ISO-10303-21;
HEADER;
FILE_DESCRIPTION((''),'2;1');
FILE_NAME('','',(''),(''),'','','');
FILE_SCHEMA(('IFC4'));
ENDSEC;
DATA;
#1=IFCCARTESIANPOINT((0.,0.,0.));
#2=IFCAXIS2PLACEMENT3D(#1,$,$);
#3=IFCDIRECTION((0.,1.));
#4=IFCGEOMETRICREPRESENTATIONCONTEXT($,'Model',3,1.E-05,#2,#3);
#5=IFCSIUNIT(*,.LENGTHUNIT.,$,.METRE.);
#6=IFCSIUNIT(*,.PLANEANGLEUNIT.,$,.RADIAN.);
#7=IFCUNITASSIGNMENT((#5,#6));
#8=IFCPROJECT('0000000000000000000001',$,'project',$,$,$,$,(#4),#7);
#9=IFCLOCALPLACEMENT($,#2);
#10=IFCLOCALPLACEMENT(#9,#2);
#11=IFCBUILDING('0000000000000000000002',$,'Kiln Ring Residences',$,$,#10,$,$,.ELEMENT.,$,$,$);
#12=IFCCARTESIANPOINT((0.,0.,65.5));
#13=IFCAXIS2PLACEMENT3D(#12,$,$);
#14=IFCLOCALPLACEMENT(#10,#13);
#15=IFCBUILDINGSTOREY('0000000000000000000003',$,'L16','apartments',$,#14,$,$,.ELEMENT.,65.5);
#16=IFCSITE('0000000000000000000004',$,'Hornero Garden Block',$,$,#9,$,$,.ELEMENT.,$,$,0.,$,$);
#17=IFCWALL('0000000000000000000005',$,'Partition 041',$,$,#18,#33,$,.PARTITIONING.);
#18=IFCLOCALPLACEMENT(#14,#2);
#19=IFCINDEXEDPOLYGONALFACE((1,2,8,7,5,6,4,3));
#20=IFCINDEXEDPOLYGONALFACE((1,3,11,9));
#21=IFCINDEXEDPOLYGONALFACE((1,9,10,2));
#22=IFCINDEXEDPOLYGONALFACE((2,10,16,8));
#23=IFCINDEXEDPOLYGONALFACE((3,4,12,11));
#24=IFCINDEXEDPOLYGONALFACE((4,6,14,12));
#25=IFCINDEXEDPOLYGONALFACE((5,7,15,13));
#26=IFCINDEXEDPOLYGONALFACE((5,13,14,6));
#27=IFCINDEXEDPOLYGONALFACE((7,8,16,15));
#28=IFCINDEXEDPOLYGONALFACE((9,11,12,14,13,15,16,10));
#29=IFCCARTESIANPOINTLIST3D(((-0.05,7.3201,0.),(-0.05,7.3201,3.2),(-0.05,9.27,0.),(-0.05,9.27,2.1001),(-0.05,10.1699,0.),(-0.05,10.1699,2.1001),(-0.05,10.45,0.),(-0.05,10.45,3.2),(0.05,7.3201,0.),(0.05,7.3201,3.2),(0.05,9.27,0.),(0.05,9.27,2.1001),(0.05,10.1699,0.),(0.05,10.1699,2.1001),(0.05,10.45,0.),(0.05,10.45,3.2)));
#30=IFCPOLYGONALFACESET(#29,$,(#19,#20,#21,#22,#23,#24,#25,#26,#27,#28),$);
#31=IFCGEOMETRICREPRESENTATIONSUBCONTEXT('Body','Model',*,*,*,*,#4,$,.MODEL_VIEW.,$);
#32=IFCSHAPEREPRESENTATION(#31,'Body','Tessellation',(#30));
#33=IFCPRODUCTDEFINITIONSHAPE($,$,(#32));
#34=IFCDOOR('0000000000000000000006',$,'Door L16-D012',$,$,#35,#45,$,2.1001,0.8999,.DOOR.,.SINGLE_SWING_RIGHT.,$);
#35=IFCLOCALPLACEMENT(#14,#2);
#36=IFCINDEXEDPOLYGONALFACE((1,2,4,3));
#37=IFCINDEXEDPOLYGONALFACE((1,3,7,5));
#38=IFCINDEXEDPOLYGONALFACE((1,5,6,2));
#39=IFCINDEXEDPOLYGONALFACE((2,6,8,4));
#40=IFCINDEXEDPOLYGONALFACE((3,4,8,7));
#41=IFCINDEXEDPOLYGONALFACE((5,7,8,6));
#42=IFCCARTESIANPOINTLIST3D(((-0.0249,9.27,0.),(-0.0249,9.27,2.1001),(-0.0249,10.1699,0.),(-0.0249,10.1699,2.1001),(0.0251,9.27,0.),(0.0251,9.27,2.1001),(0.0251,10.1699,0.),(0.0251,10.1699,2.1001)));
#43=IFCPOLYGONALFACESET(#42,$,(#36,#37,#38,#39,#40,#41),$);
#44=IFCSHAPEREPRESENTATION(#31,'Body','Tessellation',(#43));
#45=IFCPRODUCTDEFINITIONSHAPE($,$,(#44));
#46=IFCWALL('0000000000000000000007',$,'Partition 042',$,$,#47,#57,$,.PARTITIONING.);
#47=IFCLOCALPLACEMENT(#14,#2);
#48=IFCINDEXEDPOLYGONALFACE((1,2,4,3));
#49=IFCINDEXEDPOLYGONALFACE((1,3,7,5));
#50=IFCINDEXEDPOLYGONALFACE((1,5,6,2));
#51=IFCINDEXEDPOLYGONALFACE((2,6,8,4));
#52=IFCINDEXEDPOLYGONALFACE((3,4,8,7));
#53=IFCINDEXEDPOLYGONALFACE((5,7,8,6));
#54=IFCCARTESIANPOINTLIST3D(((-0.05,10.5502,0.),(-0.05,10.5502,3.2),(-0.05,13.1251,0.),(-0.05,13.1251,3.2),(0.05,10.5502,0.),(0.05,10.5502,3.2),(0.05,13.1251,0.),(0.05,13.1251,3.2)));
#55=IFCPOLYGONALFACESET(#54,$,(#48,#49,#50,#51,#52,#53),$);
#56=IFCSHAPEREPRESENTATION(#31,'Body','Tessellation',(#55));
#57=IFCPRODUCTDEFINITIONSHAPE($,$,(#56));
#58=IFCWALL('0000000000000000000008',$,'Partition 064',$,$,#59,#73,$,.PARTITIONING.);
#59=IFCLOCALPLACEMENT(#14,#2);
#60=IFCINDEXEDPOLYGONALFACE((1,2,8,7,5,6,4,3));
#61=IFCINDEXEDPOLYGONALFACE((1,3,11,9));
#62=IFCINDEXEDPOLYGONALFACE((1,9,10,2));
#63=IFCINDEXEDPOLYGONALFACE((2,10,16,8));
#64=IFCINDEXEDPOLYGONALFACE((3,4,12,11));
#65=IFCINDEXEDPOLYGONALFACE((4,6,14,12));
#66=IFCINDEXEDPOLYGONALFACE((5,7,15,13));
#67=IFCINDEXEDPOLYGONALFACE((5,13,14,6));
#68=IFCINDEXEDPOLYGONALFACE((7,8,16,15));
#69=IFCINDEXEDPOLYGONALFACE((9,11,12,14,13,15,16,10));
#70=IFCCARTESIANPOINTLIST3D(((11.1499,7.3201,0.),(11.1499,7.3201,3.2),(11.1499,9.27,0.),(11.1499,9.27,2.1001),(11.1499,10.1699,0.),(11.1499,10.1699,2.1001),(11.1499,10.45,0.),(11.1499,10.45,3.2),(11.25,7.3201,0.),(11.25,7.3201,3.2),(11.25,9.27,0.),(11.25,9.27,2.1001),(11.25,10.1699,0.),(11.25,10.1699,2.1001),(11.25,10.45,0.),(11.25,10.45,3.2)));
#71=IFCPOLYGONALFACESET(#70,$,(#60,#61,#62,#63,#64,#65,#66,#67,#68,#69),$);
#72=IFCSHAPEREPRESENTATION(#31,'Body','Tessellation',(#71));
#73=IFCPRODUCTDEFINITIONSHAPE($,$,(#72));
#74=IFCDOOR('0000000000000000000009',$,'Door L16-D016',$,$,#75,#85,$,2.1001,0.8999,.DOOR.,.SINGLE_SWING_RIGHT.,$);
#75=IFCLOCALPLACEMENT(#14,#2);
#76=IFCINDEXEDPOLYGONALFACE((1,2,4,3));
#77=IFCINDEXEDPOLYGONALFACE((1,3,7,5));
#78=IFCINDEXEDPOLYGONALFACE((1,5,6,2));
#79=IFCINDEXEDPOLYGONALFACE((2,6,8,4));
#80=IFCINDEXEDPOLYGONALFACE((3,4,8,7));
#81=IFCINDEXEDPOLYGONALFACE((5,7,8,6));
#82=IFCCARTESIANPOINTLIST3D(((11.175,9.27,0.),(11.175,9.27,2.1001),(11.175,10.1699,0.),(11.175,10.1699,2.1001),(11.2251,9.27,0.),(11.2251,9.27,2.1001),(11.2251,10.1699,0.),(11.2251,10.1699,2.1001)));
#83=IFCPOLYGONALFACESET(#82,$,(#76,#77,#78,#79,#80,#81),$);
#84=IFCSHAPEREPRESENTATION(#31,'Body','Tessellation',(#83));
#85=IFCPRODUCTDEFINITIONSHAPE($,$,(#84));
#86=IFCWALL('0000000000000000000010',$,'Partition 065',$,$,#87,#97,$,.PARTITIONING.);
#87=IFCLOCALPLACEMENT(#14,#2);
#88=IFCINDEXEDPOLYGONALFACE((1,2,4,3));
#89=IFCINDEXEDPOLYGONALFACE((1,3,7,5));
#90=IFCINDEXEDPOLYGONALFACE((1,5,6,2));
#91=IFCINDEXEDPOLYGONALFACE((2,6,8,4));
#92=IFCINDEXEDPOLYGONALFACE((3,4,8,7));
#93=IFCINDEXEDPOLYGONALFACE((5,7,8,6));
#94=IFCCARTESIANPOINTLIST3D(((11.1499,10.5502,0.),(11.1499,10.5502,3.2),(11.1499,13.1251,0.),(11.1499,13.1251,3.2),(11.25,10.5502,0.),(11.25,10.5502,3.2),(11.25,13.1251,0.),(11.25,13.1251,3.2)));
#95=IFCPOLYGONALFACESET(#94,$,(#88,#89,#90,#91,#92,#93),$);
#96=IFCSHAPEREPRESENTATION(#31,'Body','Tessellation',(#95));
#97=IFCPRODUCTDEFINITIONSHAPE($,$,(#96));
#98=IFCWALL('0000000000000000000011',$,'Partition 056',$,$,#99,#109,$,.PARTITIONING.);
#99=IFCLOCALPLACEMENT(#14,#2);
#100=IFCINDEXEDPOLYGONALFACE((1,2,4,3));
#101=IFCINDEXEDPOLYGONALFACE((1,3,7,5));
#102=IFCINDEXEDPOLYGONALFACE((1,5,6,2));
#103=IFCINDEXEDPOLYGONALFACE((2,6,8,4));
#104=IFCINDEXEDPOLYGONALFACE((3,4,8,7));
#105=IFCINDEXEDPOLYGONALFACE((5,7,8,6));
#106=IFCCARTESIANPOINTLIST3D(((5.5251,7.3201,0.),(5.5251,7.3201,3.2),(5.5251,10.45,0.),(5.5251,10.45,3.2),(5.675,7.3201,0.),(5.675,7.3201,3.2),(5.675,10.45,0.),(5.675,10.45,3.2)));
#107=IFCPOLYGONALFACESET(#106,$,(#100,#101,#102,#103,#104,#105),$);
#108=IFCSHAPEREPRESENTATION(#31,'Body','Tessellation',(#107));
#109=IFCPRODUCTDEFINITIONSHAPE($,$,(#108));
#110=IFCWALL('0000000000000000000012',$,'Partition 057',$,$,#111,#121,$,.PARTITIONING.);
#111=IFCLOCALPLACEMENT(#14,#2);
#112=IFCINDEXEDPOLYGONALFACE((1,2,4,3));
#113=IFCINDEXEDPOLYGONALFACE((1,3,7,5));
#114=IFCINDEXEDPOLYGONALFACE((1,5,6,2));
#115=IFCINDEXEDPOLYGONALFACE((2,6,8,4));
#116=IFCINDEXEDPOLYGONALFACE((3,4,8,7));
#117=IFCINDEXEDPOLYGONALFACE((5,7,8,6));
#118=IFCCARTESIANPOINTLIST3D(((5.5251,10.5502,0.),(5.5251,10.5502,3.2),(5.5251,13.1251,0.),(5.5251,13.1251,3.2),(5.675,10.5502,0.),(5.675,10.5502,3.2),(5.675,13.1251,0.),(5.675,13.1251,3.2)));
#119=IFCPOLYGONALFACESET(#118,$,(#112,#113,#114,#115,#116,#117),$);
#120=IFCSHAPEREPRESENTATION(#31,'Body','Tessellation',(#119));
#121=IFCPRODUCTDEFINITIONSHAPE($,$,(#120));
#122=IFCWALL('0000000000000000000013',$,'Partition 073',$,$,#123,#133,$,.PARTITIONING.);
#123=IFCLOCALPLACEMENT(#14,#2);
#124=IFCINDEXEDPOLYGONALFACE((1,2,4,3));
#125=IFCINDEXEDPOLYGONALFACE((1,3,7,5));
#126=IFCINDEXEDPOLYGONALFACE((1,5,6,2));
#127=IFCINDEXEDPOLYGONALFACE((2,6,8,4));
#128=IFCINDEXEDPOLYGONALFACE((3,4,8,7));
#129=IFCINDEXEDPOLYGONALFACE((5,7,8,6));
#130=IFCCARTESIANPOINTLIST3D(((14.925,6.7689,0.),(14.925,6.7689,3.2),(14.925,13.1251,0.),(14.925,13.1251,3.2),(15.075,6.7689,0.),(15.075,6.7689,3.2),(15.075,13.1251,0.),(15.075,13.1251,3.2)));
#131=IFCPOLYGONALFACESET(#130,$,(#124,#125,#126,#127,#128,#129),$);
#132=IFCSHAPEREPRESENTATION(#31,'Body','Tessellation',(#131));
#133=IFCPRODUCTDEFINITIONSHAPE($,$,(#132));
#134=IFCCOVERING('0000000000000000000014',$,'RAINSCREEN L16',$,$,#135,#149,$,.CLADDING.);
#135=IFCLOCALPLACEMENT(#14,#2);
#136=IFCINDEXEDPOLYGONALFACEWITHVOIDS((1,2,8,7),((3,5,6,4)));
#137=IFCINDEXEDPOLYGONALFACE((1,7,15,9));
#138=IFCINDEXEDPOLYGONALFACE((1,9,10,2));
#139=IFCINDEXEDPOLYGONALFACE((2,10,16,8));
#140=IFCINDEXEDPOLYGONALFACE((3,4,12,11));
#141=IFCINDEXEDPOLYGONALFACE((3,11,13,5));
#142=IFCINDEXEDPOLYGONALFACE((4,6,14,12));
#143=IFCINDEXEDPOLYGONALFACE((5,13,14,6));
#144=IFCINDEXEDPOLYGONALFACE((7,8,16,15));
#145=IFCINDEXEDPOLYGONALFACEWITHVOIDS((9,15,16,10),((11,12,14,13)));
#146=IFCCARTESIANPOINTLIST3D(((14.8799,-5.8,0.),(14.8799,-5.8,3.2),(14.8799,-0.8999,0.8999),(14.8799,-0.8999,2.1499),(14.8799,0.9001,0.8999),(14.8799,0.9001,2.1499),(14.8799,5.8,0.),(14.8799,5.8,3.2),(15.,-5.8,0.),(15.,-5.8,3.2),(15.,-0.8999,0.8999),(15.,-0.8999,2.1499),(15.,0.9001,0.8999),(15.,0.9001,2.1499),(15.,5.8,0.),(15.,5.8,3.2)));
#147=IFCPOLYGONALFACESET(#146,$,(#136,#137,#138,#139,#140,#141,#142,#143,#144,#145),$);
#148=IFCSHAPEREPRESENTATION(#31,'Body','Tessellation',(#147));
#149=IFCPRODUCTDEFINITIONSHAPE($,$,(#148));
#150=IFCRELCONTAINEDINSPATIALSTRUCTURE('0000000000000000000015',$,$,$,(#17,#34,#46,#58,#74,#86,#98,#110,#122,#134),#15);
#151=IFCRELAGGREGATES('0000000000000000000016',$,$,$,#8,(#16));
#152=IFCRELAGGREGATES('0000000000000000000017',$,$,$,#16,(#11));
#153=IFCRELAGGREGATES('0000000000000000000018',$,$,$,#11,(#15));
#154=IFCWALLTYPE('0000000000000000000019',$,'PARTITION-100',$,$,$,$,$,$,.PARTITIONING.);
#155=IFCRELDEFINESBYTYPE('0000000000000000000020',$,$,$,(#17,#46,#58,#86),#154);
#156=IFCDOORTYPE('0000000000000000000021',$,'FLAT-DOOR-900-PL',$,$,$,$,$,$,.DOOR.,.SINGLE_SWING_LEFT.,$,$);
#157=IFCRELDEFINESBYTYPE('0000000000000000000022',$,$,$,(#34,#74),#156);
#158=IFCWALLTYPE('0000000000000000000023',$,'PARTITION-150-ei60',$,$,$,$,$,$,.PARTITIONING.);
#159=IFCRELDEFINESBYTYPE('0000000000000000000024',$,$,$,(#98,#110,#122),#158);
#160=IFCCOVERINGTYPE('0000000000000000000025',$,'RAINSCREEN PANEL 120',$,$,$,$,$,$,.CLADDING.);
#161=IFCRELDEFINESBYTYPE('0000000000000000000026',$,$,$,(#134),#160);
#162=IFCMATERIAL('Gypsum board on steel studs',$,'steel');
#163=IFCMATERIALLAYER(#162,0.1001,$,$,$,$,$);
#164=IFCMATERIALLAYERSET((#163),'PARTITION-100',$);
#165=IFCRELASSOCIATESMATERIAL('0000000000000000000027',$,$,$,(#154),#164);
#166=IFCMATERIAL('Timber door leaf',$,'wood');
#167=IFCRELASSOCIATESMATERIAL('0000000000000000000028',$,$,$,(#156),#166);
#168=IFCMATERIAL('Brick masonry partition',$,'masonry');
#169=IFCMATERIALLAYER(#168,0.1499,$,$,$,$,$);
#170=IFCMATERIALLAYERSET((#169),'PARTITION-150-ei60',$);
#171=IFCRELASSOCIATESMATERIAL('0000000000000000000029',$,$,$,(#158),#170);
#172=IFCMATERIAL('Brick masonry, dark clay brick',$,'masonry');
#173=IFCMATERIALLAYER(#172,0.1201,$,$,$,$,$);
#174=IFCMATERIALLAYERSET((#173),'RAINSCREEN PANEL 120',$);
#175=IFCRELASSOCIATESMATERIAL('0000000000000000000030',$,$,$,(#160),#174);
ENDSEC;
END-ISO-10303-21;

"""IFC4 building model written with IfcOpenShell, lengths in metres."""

from ifc_helpers import new_model, si_unit, direction, frame, frame_2d, origin, place, context, subcontext, project, spatial, polyline, rectangle, outline, extrude, material, layer, layer_set, type_object, element, fill, save


model = new_model("IFC4")

# Units and contexts
model_context = context("Model", 3, precision=1e-05, world=origin(), true_north=direction((0.0, 1.0)))
body_context = subcontext(model_context, "Body", "Model", "MODEL_VIEW")
ifc_project = project(units=[si_unit("LENGTHUNIT", "METRE"), si_unit("PLANEANGLEUNIT", "RADIAN")], contexts=[model_context])

# Site, building, storey
site_placement = place(None, origin())
site = spatial("IfcSite", under=ifc_project, at=site_placement, Name="Hornero Garden Block", CompositionType="ELEMENT", RefElevation=0.0)
building_placement = place(site_placement, origin())
building = spatial("IfcBuilding", under=site, at=building_placement, Name="Kiln Ring Residences", CompositionType="ELEMENT")
storey_placement = place(building_placement, frame((0.0, 0.0, 65.5)))
storey = spatial("IfcBuildingStorey", under=building, at=storey_placement, Name="L16", Description="apartments", CompositionType="ELEMENT", Elevation=65.5)

# Wall, opening, door
ifc_material_1 = material(Name="Gypsum board on steel studs", Category="steel")
ifc_layer_1 = layer(ifc_material_1, 0.1001)
ifc_layer_set_1 = layer_set([ifc_layer_1], Name="PARTITION-100")
wall_type_1 = type_object("IfcWallType", Name="PARTITION-100", PredefinedType="PARTITIONING", material=ifc_layer_set_1)
wall_1_placement = place(storey_placement, frame((0.0, 7.3201, 0.0), z_axis=(0.0, 0.0, 1.0), x_axis=(0.0, 1.0, 0.0)))
wall_1 = element("IfcWall", 1, at=wall_1_placement, inside=storey, type_object=wall_type_1, Name="Partition 041", PredefinedType="PARTITIONING", context=body_context, shape_type="SweptSolid", body=[
    extrude(rectangle(XDim=3.1299, YDim=0.1001, at=frame_2d((1.5649, 0.0))), origin(), (0.0, 0.0, 1.0), 3.2),
])
opening_1_placement = place(wall_1_placement, frame((1.95, 0.0, 0.0)))
opening_1 = element("IfcOpeningElement", 2, at=opening_1_placement, cuts=wall_1, PredefinedType="OPENING", context=body_context, shape_type="SweptSolid", body=[
    extrude(rectangle(XDim=0.8999, YDim=2.1001, at=frame_2d((0.45, 1.05))), frame((0.0, 0.0601, 0.0), z_axis=(0.0, -1.0, 0.0), x_axis=(1.0, 0.0, 0.0)), (0.0, 0.0, 1.0), 0.1201),
])
ifc_material_2 = material(Name="Timber door leaf", Category="wood")
door_type = type_object("IfcDoorType", Name="FLAT-DOOR-900-PL", OperationType="SINGLE_SWING_LEFT", PredefinedType="DOOR", material=ifc_material_2)
door_1_placement = place(opening_1_placement, origin())
door_1 = element("IfcDoor", 3, at=door_1_placement, inside=storey, type_object=door_type, Name="Door L16-D012", OperationType="SINGLE_SWING_RIGHT", OverallHeight=2.1001, OverallWidth=0.8999, PredefinedType="DOOR", context=body_context, shape_type="SweptSolid", body=[
    extrude(rectangle(XDim=0.8999, YDim=2.1001, at=frame_2d((0.45, 1.05))), frame((0.0, 0.0249, 0.0), z_axis=(0.0, -1.0, 0.0), x_axis=(1.0, 0.0, 0.0)), (0.0, 0.0, 1.0), 0.05),
])
fill(opening_1, door_1)

# Wall
wall_2_placement = place(storey_placement, frame((0.0, 10.55, 0.0), z_axis=(0.0, 0.0, 1.0), x_axis=(0.0, 1.0, 0.0)))
element("IfcWall", 4, at=wall_2_placement, inside=storey, type_object=wall_type_1, Name="Partition 042", PredefinedType="PARTITIONING", context=body_context, shape_type="SweptSolid", body=[
    extrude(rectangle(XDim=2.575, YDim=0.1001, at=frame_2d((1.2876, 0.0))), origin(), (0.0, 0.0, 1.0), 3.2),
])

# Wall, opening, door
wall_3_placement = place(storey_placement, frame((11.2, 7.3201, 0.0), z_axis=(0.0, 0.0, 1.0), x_axis=(0.0, 1.0, 0.0)))
wall_3 = element("IfcWall", 5, at=wall_3_placement, inside=storey, type_object=wall_type_1, Name="Partition 064", PredefinedType="PARTITIONING", context=body_context, shape_type="SweptSolid", body=[
    extrude(rectangle(XDim=3.1299, YDim=0.1001, at=frame_2d((1.5649, 0.0))), origin(), (0.0, 0.0, 1.0), 3.2),
])
opening_2_placement = place(wall_3_placement, frame((1.95, 0.0, 0.0)))
opening_2 = element("IfcOpeningElement", 6, at=opening_2_placement, cuts=wall_3, PredefinedType="OPENING", context=body_context, shape_type="SweptSolid", body=[
    extrude(rectangle(XDim=0.8999, YDim=2.1001, at=frame_2d((0.45, 1.05))), frame((0.0, 0.0601, 0.0), z_axis=(0.0, -1.0, 0.0), x_axis=(1.0, 0.0, 0.0)), (0.0, 0.0, 1.0), 0.1201),
])
door_2_placement = place(opening_2_placement, origin())
door_2 = element("IfcDoor", 7, at=door_2_placement, inside=storey, type_object=door_type, Name="Door L16-D016", OperationType="SINGLE_SWING_RIGHT", OverallHeight=2.1001, OverallWidth=0.8999, PredefinedType="DOOR", context=body_context, shape_type="SweptSolid", body=[
    extrude(rectangle(XDim=0.8999, YDim=2.1001, at=frame_2d((0.45, 1.05))), frame((0.0, 0.0249, 0.0), z_axis=(0.0, -1.0, 0.0), x_axis=(1.0, 0.0, 0.0)), (0.0, 0.0, 1.0), 0.05),
])
fill(opening_2, door_2)

# Walls
wall_4_placement = place(storey_placement, frame((11.2, 10.55, 0.0), z_axis=(0.0, 0.0, 1.0), x_axis=(0.0, 1.0, 0.0)))
element("IfcWall", 8, at=wall_4_placement, inside=storey, type_object=wall_type_1, Name="Partition 065", PredefinedType="PARTITIONING", context=body_context, shape_type="SweptSolid", body=[
    extrude(rectangle(XDim=2.575, YDim=0.1001, at=frame_2d((1.2876, 0.0))), origin(), (0.0, 0.0, 1.0), 3.2),
])
ifc_material_3 = material(Name="Brick masonry partition", Category="masonry")
ifc_layer_2 = layer(ifc_material_3, 0.1499)
ifc_layer_set_2 = layer_set([ifc_layer_2], Name="PARTITION-150-ei60")
wall_type_2 = type_object("IfcWallType", Name="PARTITION-150-ei60", PredefinedType="PARTITIONING", material=ifc_layer_set_2)
wall_5_placement = place(storey_placement, frame((5.6001, 7.3201, 0.0), z_axis=(0.0, 0.0, 1.0), x_axis=(0.0, 1.0, 0.0)))
element("IfcWall", 9, at=wall_5_placement, inside=storey, type_object=wall_type_2, Name="Partition 056", PredefinedType="PARTITIONING", context=body_context, shape_type="SweptSolid", body=[
    extrude(rectangle(XDim=3.1299, YDim=0.1499, at=frame_2d((1.5649, 0.0))), origin(), (0.0, 0.0, 1.0), 3.2),
])
wall_6_placement = place(storey_placement, frame((5.6001, 10.55, 0.0), z_axis=(0.0, 0.0, 1.0), x_axis=(0.0, 1.0, 0.0)))
element("IfcWall", 10, at=wall_6_placement, inside=storey, type_object=wall_type_2, Name="Partition 057", PredefinedType="PARTITIONING", context=body_context, shape_type="SweptSolid", body=[
    extrude(rectangle(XDim=2.575, YDim=0.1499, at=frame_2d((1.2876, 0.0))), origin(), (0.0, 0.0, 1.0), 3.2),
])
wall_7_placement = place(storey_placement, frame((15.0, 6.7688, 0.0), z_axis=(0.0, 0.0, 1.0), x_axis=(0.0, 1.0, 0.0)))
element("IfcWall", 11, at=wall_7_placement, inside=storey, type_object=wall_type_2, Name="Partition 073", PredefinedType="PARTITIONING", context=body_context, shape_type="SweptSolid", body=[
    extrude(rectangle(XDim=6.3562, YDim=0.1499, at=frame_2d((3.1782, 0.0))), origin(), (0.0, 0.0, 1.0), 3.2),
])

# Covering
ifc_material_4 = material(Name="Brick masonry, dark clay brick", Category="masonry")
ifc_layer_3 = layer(ifc_material_4, 0.1201)
ifc_layer_set_3 = layer_set([ifc_layer_3], Name="RAINSCREEN PANEL 120")
covering_type = type_object("IfcCoveringType", Name="RAINSCREEN PANEL 120", PredefinedType="CLADDING", material=ifc_layer_set_3)
covering_placement = place(storey_placement, frame((14.9399, 5.8, 0.0), z_axis=(0.0, 0.0, 1.0), x_axis=(0.0, -1.0, 0.0)))
element("IfcCovering", 12, at=covering_placement, inside=storey, type_object=covering_type, Name="RAINSCREEN L16", PredefinedType="CLADDING", context=body_context, shape_type="SweptSolid", body=[
    extrude(outline(polyline([(0.0, 0.0), (11.6001, 0.0), (11.6001, 3.2), (0.0, 3.2), (0.0, 0.0)]), holes=[polyline([(4.8999, 2.1499), (4.8999, 0.8999), (6.7, 0.8999), (6.7, 2.1499), (4.8999, 2.1499)])]), frame((0.0, 0.0601, 0.0), z_axis=(0.0, -1.0, 0.0), x_axis=(1.0, 0.0, 0.0)), (0.0, 0.0, 1.0), 0.1201),
])

save(model, "model.ifc")
